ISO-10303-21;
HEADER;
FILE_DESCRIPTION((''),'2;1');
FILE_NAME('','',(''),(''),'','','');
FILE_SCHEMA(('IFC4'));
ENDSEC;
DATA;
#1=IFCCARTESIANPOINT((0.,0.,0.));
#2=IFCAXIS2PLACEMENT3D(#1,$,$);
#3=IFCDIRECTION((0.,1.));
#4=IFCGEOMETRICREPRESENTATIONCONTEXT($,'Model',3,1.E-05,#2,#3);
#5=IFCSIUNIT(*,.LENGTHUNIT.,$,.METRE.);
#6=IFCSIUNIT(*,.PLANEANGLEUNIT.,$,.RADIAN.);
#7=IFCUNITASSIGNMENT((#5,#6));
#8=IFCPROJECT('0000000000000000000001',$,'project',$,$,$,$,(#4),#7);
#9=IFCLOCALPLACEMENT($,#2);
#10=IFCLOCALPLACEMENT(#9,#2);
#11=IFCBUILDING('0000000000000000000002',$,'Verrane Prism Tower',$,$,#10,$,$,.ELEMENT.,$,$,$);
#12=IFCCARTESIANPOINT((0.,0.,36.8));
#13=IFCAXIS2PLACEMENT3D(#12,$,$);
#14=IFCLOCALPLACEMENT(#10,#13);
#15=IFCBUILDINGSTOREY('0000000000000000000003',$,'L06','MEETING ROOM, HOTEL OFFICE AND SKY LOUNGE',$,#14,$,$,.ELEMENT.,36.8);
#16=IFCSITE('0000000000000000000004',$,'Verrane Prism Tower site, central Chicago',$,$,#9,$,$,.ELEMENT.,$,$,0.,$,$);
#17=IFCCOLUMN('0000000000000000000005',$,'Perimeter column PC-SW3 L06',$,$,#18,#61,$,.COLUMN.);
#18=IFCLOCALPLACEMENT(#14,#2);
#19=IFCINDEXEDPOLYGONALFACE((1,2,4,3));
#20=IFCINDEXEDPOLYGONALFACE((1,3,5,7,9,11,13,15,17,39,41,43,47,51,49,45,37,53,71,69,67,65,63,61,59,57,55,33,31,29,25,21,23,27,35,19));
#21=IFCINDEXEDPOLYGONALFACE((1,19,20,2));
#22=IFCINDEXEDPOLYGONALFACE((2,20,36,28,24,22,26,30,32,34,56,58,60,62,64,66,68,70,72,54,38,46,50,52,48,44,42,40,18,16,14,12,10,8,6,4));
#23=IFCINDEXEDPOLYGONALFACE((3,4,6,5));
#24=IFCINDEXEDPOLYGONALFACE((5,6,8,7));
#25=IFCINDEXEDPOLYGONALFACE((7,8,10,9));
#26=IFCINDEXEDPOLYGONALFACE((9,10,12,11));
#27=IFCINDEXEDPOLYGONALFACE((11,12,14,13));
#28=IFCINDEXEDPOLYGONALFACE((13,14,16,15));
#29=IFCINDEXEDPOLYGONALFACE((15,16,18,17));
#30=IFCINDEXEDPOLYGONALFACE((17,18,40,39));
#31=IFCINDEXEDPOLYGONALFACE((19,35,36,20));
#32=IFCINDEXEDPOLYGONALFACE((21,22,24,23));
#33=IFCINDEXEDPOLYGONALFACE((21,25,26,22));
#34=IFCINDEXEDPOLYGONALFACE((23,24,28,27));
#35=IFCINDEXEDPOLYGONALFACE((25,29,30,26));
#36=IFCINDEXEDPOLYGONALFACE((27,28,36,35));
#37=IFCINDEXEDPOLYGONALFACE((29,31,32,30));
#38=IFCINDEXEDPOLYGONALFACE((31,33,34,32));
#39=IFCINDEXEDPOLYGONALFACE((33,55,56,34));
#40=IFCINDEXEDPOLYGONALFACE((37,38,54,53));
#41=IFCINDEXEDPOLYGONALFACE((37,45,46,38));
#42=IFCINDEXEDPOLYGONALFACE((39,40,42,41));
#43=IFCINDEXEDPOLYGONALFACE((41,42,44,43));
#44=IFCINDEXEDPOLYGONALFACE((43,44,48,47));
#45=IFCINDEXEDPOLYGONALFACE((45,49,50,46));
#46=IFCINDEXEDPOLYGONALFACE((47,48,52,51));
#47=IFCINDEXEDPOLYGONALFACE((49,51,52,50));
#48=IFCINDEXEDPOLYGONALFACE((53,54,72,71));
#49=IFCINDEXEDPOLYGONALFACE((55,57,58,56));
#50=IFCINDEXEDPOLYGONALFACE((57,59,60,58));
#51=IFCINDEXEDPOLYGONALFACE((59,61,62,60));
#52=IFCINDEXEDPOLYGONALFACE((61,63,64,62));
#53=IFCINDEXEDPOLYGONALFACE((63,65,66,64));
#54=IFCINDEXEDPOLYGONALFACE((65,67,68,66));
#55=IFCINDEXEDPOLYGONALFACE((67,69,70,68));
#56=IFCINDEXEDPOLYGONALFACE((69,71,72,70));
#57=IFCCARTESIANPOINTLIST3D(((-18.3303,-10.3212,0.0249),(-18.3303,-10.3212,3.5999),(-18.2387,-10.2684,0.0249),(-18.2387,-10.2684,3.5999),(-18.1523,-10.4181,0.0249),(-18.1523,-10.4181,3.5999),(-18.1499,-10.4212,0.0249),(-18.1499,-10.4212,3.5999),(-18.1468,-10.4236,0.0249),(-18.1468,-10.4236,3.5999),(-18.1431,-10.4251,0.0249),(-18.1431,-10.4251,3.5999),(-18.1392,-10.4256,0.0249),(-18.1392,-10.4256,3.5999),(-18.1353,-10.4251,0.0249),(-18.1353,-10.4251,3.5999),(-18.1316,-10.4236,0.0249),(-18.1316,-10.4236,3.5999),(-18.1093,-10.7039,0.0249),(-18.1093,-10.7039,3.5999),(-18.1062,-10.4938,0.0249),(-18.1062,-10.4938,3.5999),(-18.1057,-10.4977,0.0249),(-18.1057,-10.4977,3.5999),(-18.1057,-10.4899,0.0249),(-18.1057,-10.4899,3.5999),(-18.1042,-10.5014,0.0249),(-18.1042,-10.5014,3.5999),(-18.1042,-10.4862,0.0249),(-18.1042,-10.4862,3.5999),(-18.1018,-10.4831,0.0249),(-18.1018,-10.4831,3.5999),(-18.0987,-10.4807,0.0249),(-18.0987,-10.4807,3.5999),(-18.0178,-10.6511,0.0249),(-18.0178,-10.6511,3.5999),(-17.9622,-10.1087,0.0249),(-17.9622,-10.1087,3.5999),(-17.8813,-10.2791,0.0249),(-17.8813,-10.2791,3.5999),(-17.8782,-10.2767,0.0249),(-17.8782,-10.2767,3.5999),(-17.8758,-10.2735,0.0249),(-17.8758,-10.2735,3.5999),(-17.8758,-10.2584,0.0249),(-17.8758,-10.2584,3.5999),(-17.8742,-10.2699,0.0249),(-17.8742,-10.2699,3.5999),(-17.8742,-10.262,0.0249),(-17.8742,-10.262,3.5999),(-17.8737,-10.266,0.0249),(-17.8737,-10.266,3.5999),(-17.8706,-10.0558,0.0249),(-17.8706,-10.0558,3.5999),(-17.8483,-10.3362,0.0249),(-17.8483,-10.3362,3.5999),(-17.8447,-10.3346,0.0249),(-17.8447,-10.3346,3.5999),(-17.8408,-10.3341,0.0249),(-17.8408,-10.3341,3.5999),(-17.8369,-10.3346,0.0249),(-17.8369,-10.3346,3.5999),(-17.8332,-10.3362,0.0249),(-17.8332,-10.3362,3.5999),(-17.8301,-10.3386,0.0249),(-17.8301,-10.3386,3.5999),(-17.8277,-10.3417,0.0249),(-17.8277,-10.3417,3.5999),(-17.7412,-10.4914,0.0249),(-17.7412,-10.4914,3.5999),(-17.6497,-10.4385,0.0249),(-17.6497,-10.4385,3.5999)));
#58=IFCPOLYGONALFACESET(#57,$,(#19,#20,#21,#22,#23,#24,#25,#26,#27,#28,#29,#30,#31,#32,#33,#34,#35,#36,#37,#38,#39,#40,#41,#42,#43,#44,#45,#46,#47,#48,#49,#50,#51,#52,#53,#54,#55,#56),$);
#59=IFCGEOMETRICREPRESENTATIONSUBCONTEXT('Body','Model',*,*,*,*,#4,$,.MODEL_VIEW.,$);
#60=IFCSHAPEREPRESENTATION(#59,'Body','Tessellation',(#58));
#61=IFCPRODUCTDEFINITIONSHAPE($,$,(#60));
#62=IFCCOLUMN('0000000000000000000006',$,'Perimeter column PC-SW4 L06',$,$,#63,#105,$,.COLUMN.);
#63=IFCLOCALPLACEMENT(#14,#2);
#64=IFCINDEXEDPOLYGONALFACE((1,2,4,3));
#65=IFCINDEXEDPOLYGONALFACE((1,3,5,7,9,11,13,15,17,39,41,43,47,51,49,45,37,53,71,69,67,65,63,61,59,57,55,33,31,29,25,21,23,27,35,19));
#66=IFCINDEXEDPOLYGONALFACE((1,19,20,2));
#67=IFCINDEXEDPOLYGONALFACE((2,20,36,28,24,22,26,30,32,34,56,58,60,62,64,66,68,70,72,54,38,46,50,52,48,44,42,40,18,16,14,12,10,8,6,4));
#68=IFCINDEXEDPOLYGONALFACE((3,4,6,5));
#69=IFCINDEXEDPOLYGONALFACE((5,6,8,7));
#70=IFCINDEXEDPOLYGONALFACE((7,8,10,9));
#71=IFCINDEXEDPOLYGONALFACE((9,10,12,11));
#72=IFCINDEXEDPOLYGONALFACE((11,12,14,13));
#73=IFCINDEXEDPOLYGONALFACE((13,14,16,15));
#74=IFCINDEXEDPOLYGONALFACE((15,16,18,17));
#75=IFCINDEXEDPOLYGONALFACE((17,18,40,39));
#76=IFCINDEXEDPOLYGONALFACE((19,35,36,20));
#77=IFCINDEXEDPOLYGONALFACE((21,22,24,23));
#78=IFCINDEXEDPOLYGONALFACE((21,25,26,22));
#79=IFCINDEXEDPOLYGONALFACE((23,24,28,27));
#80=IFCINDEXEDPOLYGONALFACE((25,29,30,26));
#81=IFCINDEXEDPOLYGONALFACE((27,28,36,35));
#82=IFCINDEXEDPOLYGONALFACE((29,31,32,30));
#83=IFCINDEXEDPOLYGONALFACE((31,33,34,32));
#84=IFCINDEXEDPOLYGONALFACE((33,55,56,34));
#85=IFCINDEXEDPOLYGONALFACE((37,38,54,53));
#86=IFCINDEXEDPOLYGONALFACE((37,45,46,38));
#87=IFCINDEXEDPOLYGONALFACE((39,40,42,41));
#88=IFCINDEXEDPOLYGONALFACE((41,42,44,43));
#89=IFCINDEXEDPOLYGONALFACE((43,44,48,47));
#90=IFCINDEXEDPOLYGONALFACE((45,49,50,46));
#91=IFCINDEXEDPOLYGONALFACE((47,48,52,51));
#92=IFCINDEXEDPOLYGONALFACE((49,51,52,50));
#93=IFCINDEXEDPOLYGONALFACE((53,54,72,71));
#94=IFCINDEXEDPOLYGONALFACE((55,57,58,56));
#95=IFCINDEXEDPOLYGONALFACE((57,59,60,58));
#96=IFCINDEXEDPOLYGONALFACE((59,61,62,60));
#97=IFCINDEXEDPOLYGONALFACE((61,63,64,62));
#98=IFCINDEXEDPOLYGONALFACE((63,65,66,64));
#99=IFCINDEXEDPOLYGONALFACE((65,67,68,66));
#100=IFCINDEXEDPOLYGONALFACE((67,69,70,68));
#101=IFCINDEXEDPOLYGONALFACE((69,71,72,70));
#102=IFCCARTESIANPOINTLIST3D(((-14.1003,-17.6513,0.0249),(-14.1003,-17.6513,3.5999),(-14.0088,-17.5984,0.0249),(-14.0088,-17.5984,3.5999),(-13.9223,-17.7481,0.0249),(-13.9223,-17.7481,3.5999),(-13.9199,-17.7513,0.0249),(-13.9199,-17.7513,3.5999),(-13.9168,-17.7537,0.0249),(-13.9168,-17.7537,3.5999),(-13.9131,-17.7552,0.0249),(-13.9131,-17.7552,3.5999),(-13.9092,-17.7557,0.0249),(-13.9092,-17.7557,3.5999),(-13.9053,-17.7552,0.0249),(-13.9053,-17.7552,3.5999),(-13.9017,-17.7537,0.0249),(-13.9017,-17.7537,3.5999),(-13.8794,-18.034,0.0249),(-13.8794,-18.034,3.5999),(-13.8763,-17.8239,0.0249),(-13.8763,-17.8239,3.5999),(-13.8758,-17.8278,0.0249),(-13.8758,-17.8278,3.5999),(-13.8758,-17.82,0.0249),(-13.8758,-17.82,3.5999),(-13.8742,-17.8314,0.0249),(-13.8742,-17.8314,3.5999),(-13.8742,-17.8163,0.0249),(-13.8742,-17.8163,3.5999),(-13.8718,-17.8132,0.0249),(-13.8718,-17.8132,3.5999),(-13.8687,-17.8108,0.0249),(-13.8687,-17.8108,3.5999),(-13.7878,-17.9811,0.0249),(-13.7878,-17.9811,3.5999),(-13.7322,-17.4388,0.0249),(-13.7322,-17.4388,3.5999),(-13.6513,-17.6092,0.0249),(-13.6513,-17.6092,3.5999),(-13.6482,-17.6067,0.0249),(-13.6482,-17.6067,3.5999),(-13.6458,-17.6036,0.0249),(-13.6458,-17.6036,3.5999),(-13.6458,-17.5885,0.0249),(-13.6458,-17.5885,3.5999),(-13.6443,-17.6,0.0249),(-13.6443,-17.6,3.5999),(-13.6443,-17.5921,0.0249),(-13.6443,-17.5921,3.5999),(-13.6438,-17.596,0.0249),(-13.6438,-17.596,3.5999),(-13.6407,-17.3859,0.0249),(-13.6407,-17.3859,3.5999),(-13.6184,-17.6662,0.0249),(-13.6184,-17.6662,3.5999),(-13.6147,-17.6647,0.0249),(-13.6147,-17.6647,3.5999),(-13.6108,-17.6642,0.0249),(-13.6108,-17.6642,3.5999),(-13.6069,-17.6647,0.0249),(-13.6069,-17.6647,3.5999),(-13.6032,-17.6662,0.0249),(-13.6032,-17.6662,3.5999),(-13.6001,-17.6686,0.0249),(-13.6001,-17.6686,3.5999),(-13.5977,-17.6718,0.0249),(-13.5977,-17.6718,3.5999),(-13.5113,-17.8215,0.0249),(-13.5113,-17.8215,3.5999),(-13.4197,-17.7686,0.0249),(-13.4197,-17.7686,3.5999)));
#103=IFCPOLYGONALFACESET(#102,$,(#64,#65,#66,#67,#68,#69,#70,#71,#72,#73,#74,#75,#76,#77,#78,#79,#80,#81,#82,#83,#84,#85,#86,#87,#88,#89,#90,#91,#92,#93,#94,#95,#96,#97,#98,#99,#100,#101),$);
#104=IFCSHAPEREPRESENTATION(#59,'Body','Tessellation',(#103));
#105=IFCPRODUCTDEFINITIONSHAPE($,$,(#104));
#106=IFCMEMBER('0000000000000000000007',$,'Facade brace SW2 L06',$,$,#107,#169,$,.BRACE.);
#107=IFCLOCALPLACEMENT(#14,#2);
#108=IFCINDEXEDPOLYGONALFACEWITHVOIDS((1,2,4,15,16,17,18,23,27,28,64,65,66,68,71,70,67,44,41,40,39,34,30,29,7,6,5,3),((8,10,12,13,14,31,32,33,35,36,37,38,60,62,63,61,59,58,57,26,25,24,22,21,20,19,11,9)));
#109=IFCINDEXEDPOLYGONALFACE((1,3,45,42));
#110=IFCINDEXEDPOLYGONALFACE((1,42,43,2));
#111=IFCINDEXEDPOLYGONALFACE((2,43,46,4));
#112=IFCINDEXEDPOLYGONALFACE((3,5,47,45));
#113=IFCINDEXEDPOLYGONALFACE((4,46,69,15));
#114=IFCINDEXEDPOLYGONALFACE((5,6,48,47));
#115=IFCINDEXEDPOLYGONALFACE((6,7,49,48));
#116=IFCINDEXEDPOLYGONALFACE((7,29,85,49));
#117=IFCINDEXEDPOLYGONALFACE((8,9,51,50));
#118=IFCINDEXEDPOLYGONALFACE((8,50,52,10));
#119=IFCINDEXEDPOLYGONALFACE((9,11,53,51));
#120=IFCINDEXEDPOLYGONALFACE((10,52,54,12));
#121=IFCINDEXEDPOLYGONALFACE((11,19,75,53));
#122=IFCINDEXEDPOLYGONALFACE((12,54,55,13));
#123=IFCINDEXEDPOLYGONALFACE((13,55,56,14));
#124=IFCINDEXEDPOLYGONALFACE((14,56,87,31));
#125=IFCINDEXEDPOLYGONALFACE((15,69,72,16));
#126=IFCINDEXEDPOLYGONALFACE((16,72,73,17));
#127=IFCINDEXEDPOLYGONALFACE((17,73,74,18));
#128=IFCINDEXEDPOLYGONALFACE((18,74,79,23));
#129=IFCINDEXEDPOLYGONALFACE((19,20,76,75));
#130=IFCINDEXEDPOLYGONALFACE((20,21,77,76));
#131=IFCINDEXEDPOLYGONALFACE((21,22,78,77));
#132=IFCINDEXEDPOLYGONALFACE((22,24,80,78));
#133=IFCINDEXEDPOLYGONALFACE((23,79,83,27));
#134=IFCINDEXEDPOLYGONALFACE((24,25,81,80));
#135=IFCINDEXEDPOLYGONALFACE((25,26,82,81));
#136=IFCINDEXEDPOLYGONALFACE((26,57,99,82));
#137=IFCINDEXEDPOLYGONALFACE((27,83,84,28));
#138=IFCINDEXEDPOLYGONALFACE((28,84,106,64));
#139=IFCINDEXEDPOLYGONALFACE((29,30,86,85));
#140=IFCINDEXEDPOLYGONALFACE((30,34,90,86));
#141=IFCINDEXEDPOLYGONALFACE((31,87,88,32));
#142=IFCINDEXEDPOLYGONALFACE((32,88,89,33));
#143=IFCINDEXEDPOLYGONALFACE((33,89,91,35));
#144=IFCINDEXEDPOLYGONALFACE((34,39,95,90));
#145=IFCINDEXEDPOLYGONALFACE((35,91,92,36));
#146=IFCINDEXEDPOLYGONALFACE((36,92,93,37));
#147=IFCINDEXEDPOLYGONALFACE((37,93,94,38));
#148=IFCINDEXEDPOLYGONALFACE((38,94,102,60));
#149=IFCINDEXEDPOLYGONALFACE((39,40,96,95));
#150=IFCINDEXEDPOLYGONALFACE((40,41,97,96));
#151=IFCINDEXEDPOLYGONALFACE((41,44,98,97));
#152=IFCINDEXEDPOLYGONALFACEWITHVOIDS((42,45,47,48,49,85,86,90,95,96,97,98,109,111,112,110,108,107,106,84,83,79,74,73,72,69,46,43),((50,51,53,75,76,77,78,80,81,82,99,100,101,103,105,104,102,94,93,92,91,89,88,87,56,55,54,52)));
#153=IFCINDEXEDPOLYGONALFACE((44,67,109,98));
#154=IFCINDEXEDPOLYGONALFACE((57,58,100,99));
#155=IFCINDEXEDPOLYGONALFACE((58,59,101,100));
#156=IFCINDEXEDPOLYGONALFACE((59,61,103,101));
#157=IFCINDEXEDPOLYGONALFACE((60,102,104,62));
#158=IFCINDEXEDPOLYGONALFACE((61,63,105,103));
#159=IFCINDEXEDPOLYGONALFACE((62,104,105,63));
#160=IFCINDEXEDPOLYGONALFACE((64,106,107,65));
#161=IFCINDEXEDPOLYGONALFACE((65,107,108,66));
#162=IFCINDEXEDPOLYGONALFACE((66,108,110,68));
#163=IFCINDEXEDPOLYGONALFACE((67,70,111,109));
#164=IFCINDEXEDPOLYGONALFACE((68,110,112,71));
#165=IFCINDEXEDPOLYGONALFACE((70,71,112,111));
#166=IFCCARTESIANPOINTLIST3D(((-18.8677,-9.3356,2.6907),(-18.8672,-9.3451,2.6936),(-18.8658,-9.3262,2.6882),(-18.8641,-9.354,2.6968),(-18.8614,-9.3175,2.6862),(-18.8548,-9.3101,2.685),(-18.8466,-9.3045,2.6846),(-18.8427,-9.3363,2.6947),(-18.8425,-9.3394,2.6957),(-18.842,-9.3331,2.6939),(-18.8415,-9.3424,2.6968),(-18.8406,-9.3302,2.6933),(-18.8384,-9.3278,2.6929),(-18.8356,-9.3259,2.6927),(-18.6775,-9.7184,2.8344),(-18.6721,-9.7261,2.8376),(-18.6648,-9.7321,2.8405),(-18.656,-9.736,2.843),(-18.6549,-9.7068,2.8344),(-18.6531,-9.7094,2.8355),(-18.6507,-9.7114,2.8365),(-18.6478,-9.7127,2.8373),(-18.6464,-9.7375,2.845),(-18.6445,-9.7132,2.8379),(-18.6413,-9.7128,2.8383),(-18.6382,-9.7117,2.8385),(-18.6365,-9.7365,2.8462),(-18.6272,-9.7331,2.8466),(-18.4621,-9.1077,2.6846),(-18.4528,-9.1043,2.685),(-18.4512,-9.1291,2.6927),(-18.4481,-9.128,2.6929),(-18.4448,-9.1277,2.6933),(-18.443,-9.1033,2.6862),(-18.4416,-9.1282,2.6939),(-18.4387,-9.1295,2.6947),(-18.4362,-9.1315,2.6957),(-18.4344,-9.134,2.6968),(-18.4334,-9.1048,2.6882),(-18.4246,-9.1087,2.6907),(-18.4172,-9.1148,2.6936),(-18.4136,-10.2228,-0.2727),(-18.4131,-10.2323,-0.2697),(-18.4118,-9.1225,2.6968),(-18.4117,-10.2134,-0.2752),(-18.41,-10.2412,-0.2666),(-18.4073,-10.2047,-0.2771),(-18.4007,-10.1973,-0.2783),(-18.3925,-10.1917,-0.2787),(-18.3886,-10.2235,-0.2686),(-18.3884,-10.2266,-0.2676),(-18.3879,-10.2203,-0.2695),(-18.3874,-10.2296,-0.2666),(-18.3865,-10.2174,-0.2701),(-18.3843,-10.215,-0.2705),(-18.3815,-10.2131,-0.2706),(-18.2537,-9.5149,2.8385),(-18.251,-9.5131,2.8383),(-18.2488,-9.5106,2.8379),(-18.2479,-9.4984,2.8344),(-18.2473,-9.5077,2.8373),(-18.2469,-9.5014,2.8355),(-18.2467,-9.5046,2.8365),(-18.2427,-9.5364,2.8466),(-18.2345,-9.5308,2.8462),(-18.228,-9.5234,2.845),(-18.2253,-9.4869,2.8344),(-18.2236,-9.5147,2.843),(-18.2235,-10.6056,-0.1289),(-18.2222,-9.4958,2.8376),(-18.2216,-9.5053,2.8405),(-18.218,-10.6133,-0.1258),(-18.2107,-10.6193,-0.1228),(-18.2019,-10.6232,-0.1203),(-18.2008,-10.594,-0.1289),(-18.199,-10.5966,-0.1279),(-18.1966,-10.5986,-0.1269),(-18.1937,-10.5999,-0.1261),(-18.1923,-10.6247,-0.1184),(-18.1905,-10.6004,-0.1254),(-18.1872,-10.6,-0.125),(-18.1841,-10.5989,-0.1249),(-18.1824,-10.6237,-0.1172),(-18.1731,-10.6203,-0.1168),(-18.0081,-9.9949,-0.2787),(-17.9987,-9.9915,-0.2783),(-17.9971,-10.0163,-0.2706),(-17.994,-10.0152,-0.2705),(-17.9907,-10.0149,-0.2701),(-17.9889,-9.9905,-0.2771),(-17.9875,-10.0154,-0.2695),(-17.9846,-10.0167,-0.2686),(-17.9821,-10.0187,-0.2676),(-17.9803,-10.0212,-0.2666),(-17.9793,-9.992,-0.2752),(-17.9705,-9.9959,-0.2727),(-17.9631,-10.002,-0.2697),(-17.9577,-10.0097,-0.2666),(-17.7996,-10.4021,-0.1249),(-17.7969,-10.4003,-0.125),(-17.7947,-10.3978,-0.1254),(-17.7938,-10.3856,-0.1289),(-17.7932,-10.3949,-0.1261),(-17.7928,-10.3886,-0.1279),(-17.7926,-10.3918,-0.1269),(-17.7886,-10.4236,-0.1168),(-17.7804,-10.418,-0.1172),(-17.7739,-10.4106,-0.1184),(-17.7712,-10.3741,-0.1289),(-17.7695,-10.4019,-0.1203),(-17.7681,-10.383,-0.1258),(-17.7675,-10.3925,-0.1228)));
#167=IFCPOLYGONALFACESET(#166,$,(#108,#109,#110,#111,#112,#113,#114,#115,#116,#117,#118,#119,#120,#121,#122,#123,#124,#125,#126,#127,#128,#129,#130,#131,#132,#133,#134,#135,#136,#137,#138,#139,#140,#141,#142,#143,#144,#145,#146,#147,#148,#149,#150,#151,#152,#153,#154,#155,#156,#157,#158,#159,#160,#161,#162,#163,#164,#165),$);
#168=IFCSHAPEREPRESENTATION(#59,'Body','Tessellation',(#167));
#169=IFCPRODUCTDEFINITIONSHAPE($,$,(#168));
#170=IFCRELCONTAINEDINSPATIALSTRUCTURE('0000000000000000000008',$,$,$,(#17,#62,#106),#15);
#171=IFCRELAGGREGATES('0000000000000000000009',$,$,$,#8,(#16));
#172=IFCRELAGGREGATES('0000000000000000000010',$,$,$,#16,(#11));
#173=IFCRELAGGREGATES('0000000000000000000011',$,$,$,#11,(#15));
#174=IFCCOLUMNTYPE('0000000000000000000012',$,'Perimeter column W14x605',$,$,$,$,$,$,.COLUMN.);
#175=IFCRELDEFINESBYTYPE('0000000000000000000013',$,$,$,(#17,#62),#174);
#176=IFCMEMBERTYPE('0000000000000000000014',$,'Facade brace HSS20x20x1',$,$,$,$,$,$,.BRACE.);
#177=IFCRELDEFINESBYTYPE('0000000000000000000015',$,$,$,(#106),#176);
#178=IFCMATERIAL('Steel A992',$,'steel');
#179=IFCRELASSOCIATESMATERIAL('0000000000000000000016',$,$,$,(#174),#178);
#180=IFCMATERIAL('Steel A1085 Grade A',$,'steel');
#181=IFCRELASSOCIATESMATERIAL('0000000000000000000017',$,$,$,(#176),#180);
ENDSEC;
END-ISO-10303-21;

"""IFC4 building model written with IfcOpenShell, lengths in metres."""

from ifc_helpers import new_model, si_unit, direction, frame, origin, origin_2d, place, context, subcontext, project, spatial, hollow_rectangle, i_section, extrude, material, material_profile, profile_set, type_object, element, save


model = new_model("IFC4")

# Units and contexts
model_context = context("Model", 3, precision=1e-05, world=origin(), true_north=direction((0.0, 1.0)))
body_context = subcontext(model_context, "Body", "Model", "MODEL_VIEW")
ifc_project = project(units=[si_unit("LENGTHUNIT", "METRE"), si_unit("PLANEANGLEUNIT", "RADIAN")], contexts=[model_context])

# Site, building, storey
site_placement = place(None, origin())
site = spatial("IfcSite", under=ifc_project, at=site_placement, Name="Verrane Prism Tower site, central Chicago", CompositionType="ELEMENT", RefElevation=0.0)
building_placement = place(site_placement, origin())
building = spatial("IfcBuilding", under=site, at=building_placement, Name="Verrane Prism Tower", CompositionType="ELEMENT")
storey_placement = place(building_placement, frame((0.0, 0.0, 36.8)))
storey = spatial("IfcBuildingStorey", under=building, at=storey_placement, Name="L06", Description="MEETING ROOM, HOTEL OFFICE AND SKY LOUNGE", CompositionType="ELEMENT", Elevation=36.8)

# Columns
ifc_material_1 = material(Name="Steel A992", Category="steel")
ifc_material_profile_1 = material_profile(ifc_material_1, i_section(OverallWidth=0.4419, OverallDepth=0.5308, WebThickness=0.0659, FlangeThickness=0.1057, FilletRadius=0.0151, at=origin_2d()), Name="W14x605")
ifc_profile_set_1 = profile_set([ifc_material_profile_1], Name="Steel A992")
column_type = type_object("IfcColumnType", Name="Perimeter column W14x605", PredefinedType="COLUMN", material=ifc_profile_set_1)
for number, where, z_axis, x_axis, name in (
    (1, (-17.99, -10.3799, 0.0249), (0.0, 0.0, 1.0), (-0.5, 0.866025, 0.0), "Perimeter column PC-SW3 L06"),
    (2, (-13.76, -17.71, 0.0249), (0.0, 0.0, 1.0), (-0.5, 0.866025, 0.0), "Perimeter column PC-SW4 L06"),
):
    element("IfcColumn", number, at=place(storey_placement, frame(where, z_axis=z_axis, x_axis=x_axis)), inside=storey, type_object=column_type, Name=name, PredefinedType="COLUMN", context=body_context, shape_type="SweptSolid", body=[
        extrude(i_section(OverallWidth=0.4419, OverallDepth=0.5308, WebThickness=0.0659, FlangeThickness=0.1057, FilletRadius=0.0151, at=origin_2d()), origin(), (0.0, 0.0, 1.0), 3.575),
    ])

# Member
ifc_material_2 = material(Name="Steel A1085 Grade A", Category="steel")
ifc_material_profile_2 = material_profile(ifc_material_2, hollow_rectangle(XDim=0.5081, YDim=0.5081, WallThickness=0.0254, InnerFilletRadius=0.0127, OuterFilletRadius=0.0381, at=origin_2d()), Name="HSS20x20x1")
ifc_profile_set_2 = profile_set([ifc_material_profile_2], Name="Steel A1085 Grade A")
member_type_1 = type_object("IfcMemberType", Name="Facade brace HSS20x20x1", PredefinedType="BRACE", material=ifc_profile_set_2)
member_1_placement = place(storey_placement, frame((-18.0906, -10.3076, -0.1978), z_axis=(-0.145243, 0.283771, 0.947828), x_axis=(-0.890174, -0.45562, 0.0)))
element("IfcMember", 3, at=member_1_placement, inside=storey, type_object=member_type_1, Name="Facade brace SW2 L06", PredefinedType="BRACE", context=body_context, shape_type="SweptSolid", body=[
    extrude(hollow_rectangle(XDim=0.5081, YDim=0.5081, WallThickness=0.0254, InnerFilletRadius=0.0127, OuterFilletRadius=0.0381, at=origin_2d()), origin(), (0.0, 0.0, 1.0), 3.1265),
])

save(model, "model.ifc")
